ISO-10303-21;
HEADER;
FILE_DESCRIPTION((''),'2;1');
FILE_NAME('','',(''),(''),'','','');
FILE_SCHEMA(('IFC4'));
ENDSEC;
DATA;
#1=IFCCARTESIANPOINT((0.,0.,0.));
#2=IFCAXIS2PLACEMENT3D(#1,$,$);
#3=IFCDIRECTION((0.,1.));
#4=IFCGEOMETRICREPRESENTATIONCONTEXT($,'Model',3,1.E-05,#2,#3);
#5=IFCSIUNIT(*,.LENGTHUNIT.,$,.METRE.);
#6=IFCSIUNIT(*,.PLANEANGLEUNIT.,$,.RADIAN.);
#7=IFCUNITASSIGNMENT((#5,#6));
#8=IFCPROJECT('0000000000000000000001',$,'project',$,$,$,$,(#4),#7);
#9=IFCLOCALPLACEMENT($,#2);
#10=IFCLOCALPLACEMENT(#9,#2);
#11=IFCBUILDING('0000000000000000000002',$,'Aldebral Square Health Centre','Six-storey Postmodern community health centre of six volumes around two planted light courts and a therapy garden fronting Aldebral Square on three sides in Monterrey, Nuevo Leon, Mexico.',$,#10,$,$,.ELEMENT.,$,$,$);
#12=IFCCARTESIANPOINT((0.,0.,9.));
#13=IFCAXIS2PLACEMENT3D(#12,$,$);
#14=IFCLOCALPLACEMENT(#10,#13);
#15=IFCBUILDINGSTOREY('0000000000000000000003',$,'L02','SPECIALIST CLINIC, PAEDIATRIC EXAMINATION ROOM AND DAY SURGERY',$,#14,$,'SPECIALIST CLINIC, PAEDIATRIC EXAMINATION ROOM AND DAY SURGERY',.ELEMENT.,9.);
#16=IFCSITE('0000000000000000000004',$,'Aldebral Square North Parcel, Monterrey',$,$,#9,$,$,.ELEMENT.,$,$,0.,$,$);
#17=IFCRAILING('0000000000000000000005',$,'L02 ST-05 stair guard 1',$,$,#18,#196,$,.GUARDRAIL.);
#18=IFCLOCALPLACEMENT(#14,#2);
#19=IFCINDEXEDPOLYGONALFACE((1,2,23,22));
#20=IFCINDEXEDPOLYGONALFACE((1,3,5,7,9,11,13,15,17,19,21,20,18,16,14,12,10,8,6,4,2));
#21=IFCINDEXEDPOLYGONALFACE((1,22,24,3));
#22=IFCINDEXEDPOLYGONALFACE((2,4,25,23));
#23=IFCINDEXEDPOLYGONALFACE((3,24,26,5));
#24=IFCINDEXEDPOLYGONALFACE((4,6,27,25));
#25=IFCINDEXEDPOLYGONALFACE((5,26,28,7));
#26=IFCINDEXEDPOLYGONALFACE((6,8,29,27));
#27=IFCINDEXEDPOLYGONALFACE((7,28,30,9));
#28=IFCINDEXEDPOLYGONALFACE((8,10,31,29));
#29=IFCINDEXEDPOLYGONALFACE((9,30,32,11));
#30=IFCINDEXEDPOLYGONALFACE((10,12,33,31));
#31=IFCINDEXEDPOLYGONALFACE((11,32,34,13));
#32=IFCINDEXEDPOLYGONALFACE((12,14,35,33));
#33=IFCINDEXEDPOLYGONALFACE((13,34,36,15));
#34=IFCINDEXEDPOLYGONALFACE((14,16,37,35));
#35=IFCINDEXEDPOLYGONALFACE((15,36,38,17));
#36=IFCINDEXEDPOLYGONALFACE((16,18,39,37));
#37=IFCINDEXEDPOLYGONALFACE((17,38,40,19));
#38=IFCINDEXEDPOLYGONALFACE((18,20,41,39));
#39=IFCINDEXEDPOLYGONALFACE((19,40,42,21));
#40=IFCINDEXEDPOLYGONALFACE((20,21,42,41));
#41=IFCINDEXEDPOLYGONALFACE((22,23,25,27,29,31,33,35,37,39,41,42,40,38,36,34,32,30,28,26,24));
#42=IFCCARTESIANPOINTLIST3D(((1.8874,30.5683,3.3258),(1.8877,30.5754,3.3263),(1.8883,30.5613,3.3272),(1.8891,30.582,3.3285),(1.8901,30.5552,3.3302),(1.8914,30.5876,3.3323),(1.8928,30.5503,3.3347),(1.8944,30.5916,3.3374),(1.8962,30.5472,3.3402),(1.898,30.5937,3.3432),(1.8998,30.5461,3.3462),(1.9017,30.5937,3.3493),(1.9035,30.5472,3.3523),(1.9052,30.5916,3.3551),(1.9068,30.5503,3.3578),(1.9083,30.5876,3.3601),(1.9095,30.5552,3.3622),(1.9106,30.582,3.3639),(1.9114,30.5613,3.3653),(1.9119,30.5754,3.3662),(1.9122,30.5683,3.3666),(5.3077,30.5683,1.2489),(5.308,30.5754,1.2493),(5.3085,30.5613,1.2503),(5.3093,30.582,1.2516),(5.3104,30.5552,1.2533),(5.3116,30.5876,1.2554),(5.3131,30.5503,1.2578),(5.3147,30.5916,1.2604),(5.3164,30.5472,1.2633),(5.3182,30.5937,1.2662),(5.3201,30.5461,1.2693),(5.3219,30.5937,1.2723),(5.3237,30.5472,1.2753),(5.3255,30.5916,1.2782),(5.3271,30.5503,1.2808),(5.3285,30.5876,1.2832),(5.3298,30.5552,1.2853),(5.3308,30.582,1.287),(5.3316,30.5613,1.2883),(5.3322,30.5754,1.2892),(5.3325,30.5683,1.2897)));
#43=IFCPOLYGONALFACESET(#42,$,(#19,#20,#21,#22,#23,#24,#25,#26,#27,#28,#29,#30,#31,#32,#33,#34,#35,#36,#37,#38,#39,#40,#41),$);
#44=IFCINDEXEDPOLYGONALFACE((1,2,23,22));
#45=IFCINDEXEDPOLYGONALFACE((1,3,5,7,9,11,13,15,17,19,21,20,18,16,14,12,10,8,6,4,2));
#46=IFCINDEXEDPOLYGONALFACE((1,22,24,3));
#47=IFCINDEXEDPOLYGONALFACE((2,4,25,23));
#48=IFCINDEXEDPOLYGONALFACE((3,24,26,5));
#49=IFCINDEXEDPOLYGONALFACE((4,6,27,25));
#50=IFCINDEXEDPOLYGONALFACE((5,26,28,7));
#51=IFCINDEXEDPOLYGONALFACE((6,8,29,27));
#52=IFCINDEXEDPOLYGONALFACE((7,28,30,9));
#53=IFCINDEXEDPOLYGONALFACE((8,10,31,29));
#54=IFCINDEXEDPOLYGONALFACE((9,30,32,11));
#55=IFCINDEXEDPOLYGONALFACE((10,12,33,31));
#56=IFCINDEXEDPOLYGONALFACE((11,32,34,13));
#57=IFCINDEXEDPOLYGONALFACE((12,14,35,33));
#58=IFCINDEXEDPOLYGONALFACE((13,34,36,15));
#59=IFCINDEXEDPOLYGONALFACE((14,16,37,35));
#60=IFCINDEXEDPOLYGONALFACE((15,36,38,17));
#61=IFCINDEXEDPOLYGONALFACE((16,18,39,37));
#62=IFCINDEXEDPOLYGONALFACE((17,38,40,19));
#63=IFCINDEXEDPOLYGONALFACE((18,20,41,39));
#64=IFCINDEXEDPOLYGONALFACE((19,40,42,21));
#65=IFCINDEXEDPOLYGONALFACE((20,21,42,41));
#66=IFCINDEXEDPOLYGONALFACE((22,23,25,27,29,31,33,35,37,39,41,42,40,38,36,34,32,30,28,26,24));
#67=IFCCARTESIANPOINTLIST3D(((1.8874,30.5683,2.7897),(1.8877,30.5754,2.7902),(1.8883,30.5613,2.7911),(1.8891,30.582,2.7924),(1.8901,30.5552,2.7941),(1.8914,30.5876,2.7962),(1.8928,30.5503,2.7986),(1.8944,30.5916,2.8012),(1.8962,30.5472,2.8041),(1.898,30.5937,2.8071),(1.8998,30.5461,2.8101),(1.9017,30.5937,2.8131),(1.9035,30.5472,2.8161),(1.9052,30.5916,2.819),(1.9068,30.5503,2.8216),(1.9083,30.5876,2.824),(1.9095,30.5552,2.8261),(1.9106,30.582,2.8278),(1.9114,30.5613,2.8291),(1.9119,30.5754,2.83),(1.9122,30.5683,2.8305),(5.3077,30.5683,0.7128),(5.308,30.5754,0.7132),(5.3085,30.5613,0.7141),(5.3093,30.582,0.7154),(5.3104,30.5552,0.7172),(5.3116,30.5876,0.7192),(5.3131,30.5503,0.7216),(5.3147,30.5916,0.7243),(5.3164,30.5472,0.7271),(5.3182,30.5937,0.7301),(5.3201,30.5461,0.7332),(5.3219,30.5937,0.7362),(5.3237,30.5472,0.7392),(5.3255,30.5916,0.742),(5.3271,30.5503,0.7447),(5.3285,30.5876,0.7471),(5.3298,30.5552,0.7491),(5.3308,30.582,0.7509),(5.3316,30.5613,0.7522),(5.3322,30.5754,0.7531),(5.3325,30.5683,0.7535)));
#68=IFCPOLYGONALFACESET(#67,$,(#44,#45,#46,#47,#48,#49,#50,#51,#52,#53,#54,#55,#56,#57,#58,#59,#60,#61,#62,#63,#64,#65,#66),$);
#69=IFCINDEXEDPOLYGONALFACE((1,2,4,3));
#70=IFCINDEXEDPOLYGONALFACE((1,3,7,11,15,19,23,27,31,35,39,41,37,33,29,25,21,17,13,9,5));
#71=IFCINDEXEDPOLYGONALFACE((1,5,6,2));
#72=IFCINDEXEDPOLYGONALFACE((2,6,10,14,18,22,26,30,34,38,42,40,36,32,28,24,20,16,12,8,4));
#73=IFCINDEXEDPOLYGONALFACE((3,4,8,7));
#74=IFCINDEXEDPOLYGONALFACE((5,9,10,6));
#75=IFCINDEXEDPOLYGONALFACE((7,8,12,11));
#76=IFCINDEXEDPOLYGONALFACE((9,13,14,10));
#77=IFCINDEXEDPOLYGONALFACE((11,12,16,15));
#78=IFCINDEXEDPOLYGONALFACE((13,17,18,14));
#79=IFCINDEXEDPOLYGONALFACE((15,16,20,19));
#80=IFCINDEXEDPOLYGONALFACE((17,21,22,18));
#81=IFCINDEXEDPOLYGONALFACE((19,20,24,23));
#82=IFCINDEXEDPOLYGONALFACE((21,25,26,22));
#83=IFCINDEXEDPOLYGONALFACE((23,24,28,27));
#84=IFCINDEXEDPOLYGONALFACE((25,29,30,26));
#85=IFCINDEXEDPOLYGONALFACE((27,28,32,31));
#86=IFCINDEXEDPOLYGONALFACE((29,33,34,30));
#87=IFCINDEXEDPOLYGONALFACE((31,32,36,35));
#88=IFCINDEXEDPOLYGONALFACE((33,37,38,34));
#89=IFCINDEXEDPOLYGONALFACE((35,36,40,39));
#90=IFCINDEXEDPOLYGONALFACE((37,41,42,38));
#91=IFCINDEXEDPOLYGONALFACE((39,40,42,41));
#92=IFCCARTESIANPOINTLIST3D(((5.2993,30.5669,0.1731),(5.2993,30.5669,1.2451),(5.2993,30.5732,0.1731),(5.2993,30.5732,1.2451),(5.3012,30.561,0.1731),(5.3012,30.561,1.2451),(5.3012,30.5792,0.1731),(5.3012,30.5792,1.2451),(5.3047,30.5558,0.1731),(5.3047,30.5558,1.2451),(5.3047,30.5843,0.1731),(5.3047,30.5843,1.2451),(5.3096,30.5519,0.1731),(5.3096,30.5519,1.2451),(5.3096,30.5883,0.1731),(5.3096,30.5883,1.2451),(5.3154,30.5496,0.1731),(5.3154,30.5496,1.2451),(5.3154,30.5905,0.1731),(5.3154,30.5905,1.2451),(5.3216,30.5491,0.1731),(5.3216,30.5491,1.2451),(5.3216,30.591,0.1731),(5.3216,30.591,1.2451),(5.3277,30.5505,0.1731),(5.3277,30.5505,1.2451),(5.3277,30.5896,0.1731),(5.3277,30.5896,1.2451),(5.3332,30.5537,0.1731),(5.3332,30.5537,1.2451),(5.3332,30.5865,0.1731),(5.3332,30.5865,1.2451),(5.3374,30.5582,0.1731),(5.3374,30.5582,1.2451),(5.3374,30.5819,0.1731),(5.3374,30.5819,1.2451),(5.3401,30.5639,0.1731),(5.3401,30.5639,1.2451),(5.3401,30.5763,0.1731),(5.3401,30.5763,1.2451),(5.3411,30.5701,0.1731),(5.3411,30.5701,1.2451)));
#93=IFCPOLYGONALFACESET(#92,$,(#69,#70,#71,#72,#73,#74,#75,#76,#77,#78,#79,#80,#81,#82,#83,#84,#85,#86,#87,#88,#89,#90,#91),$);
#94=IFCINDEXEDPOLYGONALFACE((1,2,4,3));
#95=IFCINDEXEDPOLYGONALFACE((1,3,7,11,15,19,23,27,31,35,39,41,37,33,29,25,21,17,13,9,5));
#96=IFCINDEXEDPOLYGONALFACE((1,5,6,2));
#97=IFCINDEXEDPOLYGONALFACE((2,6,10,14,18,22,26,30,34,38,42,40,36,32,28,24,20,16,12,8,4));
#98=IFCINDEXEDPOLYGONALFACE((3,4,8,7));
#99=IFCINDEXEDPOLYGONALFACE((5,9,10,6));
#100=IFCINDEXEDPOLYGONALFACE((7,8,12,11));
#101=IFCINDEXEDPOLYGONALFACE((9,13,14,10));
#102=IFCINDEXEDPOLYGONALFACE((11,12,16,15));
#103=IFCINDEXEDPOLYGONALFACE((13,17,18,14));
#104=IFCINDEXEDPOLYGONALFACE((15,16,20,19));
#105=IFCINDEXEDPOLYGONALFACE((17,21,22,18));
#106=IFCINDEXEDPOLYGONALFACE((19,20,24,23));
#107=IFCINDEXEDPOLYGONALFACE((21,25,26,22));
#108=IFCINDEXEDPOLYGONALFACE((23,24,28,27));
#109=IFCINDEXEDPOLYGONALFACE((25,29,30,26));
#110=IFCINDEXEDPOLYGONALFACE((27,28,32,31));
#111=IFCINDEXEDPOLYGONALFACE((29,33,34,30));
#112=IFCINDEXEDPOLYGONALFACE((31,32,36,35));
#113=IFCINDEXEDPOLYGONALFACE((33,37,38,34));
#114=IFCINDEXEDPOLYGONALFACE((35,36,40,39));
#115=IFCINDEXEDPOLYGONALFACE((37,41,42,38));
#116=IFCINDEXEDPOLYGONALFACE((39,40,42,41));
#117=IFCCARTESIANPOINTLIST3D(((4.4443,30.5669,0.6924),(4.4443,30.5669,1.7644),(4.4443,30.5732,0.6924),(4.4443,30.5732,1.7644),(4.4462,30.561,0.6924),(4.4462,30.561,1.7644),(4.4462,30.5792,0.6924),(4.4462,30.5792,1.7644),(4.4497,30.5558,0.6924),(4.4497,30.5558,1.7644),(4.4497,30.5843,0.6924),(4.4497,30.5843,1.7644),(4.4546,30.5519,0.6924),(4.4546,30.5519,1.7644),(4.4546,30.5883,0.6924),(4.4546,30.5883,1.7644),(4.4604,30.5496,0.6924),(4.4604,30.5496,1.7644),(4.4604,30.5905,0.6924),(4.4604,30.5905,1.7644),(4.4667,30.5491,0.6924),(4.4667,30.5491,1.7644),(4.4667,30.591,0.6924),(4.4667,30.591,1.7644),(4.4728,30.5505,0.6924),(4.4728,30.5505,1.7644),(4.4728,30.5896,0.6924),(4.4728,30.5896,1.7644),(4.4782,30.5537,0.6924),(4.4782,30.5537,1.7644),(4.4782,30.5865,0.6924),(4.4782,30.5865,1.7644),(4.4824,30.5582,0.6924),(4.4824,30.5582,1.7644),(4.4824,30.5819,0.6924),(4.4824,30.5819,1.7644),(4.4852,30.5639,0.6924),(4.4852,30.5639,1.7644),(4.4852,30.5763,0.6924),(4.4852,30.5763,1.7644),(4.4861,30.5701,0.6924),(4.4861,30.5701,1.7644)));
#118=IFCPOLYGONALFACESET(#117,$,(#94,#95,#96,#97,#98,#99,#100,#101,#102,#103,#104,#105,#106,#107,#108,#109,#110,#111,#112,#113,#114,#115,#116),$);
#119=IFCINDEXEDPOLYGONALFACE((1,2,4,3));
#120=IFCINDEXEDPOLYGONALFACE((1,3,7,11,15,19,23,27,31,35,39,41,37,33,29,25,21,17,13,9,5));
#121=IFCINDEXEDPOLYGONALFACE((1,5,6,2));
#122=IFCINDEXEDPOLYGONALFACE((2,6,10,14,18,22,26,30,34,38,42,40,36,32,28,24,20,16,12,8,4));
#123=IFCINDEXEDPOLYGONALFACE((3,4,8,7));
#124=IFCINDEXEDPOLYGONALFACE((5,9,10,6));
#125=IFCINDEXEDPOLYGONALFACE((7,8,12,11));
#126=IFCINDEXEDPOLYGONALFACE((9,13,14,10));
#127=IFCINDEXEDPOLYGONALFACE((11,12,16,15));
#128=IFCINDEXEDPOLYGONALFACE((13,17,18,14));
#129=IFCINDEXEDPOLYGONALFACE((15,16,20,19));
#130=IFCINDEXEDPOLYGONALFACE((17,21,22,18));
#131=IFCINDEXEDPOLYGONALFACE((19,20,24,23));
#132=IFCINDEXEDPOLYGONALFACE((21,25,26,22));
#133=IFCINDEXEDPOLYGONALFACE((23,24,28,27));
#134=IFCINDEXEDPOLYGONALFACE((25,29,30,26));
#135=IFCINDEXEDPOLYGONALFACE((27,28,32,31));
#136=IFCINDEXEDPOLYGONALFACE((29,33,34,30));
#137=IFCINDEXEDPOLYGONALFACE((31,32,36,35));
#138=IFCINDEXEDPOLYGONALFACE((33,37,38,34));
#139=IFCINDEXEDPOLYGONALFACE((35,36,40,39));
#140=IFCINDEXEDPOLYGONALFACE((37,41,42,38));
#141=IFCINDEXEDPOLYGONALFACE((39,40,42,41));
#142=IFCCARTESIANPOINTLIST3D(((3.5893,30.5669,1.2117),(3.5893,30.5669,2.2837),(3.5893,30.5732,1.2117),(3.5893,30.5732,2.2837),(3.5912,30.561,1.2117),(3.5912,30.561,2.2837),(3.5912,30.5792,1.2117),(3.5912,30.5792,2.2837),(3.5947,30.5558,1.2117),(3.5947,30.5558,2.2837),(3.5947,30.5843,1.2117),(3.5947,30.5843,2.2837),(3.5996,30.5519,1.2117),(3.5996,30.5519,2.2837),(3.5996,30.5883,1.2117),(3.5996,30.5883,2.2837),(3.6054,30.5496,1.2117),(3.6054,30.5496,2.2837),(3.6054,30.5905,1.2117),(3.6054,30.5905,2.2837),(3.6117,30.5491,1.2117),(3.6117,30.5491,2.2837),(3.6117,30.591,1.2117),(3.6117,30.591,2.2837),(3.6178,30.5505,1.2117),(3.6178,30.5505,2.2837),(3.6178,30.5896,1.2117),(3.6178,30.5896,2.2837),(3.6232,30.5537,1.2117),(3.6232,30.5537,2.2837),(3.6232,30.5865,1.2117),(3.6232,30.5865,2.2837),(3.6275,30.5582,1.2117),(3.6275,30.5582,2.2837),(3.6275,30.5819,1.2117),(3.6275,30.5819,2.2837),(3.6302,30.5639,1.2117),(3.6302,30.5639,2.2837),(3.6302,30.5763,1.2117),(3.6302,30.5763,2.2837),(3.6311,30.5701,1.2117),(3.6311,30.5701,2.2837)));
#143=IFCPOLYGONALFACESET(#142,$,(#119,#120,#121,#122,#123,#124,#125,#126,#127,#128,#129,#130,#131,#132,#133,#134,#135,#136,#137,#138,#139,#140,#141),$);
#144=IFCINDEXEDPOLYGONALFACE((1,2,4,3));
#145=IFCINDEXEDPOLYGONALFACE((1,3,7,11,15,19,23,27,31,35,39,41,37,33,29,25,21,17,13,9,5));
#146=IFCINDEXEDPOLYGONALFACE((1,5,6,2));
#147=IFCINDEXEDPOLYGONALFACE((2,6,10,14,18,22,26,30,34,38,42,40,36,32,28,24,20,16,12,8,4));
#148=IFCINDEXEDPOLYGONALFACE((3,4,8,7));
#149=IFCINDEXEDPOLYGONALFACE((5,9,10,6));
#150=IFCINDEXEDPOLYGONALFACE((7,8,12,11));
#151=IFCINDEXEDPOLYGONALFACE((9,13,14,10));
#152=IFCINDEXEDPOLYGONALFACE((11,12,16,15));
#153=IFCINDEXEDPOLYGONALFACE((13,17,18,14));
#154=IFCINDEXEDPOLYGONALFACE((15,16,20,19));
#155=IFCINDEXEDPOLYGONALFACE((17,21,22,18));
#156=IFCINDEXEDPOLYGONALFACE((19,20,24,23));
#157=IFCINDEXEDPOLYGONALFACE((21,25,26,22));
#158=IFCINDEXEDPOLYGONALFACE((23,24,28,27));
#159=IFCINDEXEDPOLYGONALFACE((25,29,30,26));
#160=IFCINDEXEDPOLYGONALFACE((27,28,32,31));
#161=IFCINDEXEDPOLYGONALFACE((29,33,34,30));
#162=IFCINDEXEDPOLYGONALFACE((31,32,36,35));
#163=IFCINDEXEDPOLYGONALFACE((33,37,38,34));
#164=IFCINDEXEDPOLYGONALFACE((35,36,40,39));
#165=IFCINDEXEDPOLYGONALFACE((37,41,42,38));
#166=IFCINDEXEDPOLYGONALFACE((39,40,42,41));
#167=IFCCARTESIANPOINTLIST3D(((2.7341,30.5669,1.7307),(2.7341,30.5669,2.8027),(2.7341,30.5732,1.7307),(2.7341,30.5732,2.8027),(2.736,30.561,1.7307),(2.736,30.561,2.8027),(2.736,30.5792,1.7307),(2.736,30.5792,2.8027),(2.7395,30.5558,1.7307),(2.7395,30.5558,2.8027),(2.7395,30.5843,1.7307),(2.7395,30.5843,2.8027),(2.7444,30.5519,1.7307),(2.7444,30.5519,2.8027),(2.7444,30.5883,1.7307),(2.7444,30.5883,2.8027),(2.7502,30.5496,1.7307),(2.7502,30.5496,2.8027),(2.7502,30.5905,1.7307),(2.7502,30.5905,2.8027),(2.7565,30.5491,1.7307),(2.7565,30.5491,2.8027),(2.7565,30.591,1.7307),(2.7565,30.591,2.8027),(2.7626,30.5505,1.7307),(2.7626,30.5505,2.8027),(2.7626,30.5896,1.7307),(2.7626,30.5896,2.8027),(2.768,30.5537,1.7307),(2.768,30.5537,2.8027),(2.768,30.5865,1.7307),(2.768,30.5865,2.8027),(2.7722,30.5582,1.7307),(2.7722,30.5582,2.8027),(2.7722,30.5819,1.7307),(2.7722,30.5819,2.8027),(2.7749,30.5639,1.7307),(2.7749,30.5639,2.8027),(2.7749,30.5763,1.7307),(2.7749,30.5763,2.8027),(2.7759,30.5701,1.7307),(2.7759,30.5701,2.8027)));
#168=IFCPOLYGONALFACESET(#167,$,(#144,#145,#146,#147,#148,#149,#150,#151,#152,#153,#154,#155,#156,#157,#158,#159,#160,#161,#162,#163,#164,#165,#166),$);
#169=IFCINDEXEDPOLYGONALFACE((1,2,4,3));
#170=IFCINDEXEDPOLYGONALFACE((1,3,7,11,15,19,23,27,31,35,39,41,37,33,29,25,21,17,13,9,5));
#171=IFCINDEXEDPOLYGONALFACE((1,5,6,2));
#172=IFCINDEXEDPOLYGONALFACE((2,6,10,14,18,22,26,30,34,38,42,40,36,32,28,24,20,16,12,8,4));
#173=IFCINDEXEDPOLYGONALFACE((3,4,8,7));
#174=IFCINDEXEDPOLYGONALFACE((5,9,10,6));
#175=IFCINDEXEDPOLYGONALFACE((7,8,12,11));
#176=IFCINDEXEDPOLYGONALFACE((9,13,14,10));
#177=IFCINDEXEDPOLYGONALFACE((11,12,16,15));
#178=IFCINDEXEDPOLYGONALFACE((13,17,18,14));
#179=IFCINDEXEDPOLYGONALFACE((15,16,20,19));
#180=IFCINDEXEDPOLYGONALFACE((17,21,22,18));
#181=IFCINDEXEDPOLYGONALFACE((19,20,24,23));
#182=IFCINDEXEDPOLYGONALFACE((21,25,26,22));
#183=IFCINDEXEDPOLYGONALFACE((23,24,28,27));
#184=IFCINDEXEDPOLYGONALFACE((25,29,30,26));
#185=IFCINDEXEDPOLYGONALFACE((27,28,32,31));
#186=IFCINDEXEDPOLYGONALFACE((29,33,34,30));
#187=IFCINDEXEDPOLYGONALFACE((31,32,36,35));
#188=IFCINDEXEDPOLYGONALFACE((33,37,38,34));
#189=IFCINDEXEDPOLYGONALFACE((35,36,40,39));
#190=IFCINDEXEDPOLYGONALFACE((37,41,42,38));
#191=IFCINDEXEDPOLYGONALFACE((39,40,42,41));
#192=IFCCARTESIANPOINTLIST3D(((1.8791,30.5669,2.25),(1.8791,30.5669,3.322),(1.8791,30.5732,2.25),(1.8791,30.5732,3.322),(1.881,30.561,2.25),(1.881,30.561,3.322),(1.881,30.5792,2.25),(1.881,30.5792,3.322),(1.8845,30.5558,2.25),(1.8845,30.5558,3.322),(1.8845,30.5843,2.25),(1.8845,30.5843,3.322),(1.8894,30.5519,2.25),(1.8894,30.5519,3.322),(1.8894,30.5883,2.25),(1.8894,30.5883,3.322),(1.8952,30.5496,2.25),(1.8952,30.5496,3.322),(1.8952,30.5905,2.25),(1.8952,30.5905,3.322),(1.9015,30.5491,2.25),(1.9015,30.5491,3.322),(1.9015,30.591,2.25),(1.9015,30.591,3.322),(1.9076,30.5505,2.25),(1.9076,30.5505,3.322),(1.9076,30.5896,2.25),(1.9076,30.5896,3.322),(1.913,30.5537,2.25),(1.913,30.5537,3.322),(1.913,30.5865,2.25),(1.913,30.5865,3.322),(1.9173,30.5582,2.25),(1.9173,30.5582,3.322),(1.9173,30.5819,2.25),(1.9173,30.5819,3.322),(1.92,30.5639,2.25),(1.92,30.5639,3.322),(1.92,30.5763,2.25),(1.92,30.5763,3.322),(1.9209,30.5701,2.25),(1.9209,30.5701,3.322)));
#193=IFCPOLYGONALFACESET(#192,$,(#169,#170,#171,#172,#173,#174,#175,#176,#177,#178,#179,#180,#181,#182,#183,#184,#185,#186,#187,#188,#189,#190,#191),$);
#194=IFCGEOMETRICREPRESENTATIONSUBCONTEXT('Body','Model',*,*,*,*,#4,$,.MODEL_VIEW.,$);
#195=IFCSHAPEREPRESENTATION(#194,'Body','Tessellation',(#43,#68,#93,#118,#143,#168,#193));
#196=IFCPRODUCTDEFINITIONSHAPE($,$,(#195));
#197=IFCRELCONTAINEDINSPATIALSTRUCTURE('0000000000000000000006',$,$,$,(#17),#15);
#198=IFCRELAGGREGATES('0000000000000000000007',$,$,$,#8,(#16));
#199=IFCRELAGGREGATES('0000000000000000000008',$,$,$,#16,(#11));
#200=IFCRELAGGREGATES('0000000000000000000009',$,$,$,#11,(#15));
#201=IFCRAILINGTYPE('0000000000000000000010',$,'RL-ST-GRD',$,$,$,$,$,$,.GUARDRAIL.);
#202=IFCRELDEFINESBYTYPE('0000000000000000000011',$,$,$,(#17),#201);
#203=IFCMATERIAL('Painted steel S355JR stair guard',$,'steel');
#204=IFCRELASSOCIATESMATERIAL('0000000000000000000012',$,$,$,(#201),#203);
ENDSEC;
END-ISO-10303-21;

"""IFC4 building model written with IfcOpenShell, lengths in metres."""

from ifc_helpers import new_model, si_unit, direction, frame, origin, origin_2d, place, context, subcontext, project, spatial, circle, extrude, material, type_object, element, save


model = new_model("IFC4")

# Units and contexts
model_context = context("Model", 3, precision=1e-05, world=origin(), true_north=direction((0.0, 1.0)))
body_context = subcontext(model_context, "Body", "Model", "MODEL_VIEW")
ifc_project = project(units=[si_unit("LENGTHUNIT", "METRE"), si_unit("PLANEANGLEUNIT", "RADIAN")], contexts=[model_context])

# Site, building, storey
site_placement = place(None, origin())
site = spatial("IfcSite", under=ifc_project, at=site_placement, Name="Aldebral Square North Parcel, Monterrey", CompositionType="ELEMENT", RefElevation=0.0)
building_placement = place(site_placement, origin())
building = spatial("IfcBuilding", under=site, at=building_placement, Name="Aldebral Square Health Centre", Description="Six-storey Postmodern community health centre of six volumes around two planted light courts and a therapy garden fronting Aldebral Square on three sides in Monterrey, Nuevo Leon, Mexico.", CompositionType="ELEMENT")
storey_placement = place(building_placement, frame((0.0, 0.0, 9.0)))
storey = spatial("IfcBuildingStorey", under=building, at=storey_placement, Name="L02", Description="SPECIALIST CLINIC, PAEDIATRIC EXAMINATION ROOM AND DAY SURGERY", LongName="SPECIALIST CLINIC, PAEDIATRIC EXAMINATION ROOM AND DAY SURGERY", CompositionType="ELEMENT", Elevation=9.0)

# Railing
ifc_material_1 = material(Name="Painted steel S355JR stair guard", Category="steel")
railing_type_1 = type_object("IfcRailingType", Name="RL-ST-GRD", PredefinedType="GUARDRAIL", material=ifc_material_1)
railing_1_placement = place(storey_placement, frame((5.3201, 30.5701, 0.1731)))
element("IfcRailing", 1, at=railing_1_placement, inside=storey, type_object=railing_type_1, Name="L02 ST-05 stair guard 1", PredefinedType="GUARDRAIL", context=body_context, shape_type="SweptSolid", body=[
    extrude(circle(Radius=0.0239, at=origin_2d()), frame((0.0, 0.0, 1.0962), z_axis=(-0.854746, 0.0, 0.519047), x_axis=(0.0, -1.0, 0.0)), (0.0, 0.0, 1.0), 4.0015),
    extrude(circle(Radius=0.0239, at=origin_2d()), frame((0.0, 0.0, 0.5601), z_axis=(-0.854746, 0.0, 0.519047), x_axis=(0.0, -1.0, 0.0)), (0.0, 0.0, 1.0), 4.0015),
    extrude(circle(Radius=0.021, at=origin_2d()), origin(), (0.0, 0.0, 1.0), 1.072),
    extrude(circle(Radius=0.021, at=origin_2d()), frame((-0.855, 0.0, 0.5193)), (0.0, 0.0, 1.0), 1.072),
    extrude(circle(Radius=0.021, at=origin_2d()), frame((-1.71, 0.0, 1.0386)), (0.0, 0.0, 1.0), 1.072),
    extrude(circle(Radius=0.021, at=origin_2d()), frame((-2.5652, 0.0, 1.5576)), (0.0, 0.0, 1.0), 1.072),
    extrude(circle(Radius=0.021, at=origin_2d()), frame((-3.4202, 0.0, 2.0769)), (0.0, 0.0, 1.0), 1.072),
])

save(model, "model.ifc")
